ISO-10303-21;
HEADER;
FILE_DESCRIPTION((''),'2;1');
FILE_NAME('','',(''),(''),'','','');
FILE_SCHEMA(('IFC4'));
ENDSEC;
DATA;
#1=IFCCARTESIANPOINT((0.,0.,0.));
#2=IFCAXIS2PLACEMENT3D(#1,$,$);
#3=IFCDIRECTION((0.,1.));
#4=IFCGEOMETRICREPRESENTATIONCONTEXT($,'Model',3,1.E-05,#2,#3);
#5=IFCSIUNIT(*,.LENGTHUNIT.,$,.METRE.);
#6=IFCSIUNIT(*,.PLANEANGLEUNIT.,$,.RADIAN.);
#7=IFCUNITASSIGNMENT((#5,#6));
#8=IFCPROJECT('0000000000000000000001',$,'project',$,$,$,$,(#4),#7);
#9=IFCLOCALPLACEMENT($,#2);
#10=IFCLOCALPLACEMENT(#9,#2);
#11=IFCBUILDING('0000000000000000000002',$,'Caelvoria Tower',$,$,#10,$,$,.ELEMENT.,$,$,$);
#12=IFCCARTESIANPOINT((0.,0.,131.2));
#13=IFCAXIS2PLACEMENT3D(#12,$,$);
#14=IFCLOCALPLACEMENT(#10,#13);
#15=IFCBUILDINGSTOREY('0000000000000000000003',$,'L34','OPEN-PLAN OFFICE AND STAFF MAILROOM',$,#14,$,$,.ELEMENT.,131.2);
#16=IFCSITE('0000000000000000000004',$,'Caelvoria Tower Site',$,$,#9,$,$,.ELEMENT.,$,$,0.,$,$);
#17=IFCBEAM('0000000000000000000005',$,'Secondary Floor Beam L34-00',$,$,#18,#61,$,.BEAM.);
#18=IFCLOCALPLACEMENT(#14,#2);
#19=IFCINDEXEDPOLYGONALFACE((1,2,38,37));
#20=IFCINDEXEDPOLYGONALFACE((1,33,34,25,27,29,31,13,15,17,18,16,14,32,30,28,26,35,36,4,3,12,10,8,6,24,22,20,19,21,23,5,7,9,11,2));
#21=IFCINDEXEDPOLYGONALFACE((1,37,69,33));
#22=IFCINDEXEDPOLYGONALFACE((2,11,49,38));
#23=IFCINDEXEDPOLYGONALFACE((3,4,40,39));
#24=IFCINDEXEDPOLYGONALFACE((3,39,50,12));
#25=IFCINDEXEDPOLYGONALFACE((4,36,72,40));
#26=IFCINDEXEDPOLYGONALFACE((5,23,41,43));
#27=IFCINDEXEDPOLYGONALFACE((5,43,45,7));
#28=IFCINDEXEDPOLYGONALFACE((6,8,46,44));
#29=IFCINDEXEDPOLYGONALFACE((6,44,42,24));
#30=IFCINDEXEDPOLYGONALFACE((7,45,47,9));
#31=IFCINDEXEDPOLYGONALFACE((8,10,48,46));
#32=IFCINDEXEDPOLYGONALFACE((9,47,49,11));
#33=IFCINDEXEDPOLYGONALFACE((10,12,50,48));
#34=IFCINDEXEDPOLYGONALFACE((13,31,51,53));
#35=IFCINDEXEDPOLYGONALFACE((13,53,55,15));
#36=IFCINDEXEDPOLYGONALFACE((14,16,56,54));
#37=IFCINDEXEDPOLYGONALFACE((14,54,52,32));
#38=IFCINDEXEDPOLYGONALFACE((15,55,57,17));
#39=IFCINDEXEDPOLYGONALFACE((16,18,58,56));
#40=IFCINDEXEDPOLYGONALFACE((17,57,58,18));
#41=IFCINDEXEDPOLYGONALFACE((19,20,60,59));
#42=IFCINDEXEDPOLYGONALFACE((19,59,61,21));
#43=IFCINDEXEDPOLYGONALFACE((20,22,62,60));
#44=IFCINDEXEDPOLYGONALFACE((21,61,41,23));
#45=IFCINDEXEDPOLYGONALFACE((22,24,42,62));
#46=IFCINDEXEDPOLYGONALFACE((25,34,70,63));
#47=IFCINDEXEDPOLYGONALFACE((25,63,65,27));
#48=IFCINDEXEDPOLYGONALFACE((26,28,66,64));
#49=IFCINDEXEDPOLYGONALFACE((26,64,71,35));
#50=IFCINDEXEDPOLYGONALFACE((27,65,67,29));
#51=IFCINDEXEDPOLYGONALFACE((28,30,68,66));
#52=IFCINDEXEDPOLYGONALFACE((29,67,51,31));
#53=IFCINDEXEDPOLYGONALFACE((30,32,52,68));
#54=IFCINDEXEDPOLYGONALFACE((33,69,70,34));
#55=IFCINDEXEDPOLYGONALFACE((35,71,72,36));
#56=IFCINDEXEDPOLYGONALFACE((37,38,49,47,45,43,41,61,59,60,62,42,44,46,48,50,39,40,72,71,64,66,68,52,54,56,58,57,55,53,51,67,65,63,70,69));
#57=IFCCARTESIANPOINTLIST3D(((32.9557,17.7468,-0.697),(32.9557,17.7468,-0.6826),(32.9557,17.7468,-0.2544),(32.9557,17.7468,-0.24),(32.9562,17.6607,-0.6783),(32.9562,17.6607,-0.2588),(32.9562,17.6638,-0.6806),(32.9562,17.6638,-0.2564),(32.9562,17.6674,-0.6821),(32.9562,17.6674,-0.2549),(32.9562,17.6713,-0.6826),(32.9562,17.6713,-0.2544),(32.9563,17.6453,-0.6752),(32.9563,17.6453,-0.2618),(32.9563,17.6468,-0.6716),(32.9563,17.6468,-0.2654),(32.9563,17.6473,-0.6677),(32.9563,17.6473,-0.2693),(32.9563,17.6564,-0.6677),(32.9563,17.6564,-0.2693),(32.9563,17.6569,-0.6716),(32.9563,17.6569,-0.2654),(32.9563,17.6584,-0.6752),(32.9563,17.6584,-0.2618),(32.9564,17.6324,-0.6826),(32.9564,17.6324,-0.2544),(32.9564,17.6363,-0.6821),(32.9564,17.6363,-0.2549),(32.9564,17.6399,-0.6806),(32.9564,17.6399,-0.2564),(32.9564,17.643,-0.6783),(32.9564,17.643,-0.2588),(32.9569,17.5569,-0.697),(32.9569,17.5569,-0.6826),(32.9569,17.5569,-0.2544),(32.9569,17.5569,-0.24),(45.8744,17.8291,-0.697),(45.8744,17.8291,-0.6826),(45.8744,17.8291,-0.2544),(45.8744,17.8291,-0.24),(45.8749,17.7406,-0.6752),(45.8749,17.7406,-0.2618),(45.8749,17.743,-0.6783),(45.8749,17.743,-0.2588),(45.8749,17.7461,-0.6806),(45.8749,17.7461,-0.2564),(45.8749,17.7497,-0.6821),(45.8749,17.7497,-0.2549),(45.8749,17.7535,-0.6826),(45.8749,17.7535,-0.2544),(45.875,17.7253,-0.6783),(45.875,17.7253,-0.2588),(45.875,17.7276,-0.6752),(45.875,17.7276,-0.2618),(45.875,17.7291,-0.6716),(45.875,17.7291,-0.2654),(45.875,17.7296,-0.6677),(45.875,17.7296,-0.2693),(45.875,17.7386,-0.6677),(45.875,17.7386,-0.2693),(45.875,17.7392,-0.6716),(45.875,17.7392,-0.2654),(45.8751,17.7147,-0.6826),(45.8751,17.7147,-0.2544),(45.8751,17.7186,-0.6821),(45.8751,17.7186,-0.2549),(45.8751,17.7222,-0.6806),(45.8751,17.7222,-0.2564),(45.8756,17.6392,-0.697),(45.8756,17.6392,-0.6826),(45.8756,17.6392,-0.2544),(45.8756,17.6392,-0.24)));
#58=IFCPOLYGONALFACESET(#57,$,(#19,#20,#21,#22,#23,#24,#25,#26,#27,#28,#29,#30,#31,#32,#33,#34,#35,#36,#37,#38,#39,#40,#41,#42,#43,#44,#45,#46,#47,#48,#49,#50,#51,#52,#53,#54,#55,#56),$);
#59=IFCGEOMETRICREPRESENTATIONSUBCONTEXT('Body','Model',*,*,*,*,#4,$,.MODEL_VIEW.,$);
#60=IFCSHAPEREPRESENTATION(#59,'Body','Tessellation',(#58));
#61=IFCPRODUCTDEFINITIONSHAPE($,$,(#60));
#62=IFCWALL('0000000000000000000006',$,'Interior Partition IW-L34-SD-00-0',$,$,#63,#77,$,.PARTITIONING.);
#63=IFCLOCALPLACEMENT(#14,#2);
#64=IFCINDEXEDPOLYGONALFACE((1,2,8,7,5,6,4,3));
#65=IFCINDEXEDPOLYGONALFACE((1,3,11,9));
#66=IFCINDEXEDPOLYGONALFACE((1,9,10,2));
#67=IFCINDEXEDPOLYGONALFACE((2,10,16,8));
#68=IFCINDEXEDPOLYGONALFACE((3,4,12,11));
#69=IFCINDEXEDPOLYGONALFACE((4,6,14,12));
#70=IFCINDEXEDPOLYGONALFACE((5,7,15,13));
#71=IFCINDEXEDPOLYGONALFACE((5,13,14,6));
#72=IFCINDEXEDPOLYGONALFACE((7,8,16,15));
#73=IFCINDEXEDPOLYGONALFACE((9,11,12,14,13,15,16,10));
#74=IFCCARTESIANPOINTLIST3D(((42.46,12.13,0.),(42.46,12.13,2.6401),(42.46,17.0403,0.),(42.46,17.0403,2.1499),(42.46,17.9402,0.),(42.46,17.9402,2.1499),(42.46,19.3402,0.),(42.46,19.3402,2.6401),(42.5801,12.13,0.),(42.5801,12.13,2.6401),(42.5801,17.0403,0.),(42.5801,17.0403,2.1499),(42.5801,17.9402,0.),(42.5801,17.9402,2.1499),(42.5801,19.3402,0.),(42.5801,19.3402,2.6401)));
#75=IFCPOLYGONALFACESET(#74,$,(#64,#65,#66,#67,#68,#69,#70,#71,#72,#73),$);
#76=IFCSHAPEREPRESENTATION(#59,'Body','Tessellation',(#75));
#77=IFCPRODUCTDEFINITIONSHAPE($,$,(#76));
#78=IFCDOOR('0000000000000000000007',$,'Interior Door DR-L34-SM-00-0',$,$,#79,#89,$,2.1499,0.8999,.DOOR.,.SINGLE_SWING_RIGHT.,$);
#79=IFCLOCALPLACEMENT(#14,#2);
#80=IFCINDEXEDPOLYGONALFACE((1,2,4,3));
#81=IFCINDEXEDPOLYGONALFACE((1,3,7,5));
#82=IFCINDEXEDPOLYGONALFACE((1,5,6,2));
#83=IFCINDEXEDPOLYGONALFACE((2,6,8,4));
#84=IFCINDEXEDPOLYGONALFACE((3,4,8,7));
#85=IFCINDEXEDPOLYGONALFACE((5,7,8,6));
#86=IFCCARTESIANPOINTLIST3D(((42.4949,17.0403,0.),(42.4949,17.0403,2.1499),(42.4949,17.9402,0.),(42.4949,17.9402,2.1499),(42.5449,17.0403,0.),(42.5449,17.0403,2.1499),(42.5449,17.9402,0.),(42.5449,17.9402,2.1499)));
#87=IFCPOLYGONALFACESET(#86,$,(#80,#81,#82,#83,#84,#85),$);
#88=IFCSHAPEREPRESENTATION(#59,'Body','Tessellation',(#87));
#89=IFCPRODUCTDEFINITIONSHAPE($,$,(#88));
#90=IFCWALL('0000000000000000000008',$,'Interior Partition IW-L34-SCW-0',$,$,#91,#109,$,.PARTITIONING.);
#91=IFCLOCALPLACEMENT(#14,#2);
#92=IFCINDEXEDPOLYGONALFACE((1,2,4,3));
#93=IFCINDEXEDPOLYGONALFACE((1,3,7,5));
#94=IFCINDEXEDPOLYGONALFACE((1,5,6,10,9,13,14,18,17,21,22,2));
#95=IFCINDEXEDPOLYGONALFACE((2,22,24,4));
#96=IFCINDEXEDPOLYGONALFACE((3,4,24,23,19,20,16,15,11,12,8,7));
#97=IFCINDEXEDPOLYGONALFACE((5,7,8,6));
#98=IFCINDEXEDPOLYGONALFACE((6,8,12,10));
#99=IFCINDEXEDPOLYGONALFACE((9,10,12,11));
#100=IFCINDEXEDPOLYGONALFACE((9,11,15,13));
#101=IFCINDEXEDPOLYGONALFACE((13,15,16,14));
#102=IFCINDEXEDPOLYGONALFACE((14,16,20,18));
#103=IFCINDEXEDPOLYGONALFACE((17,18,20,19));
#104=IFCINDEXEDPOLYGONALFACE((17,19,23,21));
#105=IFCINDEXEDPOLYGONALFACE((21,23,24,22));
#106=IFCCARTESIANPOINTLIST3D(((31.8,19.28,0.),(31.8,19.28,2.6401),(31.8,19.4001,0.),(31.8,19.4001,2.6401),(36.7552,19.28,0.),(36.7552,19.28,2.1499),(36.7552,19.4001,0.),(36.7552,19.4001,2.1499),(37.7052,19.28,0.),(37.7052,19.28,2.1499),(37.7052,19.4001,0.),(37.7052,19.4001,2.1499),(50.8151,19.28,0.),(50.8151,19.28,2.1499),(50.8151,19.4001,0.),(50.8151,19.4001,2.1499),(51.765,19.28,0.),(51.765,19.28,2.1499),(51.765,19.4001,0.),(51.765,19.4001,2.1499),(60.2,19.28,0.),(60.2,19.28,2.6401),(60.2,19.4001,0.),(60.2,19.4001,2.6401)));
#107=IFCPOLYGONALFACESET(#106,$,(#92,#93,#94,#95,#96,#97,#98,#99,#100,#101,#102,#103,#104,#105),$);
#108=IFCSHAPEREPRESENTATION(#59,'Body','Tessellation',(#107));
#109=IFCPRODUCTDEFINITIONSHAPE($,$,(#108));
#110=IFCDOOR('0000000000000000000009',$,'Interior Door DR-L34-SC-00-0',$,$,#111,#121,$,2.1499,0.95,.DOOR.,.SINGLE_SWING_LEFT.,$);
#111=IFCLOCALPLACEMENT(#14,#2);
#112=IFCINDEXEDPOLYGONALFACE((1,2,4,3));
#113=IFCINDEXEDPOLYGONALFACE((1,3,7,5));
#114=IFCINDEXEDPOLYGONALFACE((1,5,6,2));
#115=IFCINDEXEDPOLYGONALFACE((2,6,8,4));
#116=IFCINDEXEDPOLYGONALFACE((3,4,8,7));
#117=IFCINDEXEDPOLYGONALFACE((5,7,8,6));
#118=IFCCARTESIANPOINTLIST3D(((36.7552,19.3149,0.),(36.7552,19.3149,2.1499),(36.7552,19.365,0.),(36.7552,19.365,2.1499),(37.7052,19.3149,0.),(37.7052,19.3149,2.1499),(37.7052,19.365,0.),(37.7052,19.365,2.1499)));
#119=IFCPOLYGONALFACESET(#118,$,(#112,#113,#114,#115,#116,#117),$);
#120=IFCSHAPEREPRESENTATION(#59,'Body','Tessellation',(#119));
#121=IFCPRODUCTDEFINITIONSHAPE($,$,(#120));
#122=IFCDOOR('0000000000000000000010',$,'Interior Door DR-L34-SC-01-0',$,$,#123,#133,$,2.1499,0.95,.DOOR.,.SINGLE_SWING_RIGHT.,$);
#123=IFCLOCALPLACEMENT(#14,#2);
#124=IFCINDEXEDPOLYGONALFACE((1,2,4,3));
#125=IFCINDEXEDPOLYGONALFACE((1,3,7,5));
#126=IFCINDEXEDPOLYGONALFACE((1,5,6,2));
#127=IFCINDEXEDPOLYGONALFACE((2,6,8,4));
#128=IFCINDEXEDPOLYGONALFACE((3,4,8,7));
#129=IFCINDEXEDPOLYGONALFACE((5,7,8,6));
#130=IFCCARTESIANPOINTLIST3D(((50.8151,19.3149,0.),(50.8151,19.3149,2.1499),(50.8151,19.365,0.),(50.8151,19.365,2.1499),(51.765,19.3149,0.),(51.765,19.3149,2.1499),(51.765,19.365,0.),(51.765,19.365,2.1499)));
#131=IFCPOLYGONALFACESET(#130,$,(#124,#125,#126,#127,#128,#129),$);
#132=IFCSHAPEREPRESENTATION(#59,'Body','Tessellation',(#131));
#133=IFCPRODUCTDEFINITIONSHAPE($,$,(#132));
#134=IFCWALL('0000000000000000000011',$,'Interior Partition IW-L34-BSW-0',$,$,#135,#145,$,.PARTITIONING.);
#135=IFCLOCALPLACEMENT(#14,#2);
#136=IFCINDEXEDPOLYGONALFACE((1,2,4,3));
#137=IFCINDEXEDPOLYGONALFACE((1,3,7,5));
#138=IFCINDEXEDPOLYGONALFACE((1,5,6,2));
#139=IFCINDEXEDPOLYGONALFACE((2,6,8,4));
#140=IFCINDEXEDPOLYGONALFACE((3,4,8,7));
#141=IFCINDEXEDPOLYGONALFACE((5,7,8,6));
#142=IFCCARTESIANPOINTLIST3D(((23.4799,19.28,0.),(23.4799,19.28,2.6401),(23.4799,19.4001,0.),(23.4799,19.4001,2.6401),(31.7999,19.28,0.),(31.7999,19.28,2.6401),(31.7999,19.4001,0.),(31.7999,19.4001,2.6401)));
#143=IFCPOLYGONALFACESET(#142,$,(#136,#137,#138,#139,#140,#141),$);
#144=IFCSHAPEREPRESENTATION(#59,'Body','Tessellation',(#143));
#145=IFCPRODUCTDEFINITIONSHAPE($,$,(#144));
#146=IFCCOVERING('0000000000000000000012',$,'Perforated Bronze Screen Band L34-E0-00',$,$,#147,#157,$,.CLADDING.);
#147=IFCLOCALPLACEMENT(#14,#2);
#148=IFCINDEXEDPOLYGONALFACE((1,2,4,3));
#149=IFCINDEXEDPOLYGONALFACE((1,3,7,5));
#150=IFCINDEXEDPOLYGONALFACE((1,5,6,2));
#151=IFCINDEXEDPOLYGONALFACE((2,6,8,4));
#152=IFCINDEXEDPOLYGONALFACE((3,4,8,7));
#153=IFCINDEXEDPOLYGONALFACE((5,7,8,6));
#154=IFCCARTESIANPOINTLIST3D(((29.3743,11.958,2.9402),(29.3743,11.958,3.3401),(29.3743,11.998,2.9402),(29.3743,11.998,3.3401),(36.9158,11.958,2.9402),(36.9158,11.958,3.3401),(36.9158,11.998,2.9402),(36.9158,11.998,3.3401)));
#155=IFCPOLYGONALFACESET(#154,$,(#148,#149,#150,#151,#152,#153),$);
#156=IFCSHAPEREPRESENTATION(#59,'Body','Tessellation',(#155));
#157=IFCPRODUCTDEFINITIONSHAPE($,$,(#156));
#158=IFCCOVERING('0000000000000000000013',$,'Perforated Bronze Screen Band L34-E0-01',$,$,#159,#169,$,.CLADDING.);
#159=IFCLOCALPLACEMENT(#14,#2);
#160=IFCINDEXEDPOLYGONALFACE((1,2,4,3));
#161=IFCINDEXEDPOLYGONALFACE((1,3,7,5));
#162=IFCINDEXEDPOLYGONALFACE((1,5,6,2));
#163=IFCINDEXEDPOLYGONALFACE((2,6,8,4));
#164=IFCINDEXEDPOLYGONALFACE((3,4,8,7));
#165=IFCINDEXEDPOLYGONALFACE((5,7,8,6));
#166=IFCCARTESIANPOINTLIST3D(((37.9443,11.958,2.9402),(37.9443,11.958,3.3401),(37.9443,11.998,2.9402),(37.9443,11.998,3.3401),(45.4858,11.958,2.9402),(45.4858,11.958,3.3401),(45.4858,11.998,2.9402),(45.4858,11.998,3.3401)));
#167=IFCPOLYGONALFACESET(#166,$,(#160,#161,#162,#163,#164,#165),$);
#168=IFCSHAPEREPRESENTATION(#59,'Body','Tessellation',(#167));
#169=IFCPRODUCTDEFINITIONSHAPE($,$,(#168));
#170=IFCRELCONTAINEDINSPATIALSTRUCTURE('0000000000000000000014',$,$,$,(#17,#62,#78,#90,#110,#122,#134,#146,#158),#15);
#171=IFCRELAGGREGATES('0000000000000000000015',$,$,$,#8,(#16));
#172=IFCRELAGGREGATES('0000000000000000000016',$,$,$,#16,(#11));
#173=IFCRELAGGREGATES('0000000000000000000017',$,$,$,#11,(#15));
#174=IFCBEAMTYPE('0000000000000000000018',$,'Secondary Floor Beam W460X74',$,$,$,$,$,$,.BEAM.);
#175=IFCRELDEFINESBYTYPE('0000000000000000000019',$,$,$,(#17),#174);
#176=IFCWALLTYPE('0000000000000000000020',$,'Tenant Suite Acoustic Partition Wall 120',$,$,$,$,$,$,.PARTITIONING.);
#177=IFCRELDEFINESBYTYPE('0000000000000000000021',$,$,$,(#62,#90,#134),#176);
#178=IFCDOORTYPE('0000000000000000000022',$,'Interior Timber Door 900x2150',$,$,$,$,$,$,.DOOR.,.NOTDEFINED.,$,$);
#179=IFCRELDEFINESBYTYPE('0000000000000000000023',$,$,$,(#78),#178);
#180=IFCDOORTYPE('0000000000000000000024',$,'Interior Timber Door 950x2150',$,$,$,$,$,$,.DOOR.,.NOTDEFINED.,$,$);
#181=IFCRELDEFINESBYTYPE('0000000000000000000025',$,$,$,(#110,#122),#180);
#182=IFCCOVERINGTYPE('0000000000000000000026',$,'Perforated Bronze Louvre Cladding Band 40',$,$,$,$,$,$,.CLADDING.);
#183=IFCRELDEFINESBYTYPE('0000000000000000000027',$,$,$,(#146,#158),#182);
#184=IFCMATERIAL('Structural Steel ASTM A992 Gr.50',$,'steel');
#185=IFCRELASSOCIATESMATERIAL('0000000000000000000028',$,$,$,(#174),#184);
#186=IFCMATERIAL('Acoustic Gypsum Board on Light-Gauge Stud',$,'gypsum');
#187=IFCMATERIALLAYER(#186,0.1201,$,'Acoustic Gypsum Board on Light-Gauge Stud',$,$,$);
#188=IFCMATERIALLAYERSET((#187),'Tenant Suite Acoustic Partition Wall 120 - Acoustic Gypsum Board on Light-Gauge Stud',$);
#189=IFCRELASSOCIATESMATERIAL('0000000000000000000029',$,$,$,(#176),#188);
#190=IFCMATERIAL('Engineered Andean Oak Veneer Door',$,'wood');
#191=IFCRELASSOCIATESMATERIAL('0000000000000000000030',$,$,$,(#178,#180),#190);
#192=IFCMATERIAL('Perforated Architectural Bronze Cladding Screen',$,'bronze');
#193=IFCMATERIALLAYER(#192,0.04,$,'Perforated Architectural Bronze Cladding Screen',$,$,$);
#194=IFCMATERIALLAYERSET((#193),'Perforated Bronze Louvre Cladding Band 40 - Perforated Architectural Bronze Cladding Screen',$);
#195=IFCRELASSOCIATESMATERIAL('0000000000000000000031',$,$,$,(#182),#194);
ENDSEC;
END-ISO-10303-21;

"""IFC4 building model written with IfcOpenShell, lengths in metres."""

from ifc_helpers import new_model, si_unit, direction, frame, frame_2d, origin, origin_2d, place, context, subcontext, project, spatial, rectangle, i_section, extrude, material, layer, layer_set, material_profile, profile_set, type_object, element, fill, save


model = new_model("IFC4")

# Units and contexts
model_context = context("Model", 3, precision=1e-05, world=origin(), true_north=direction((0.0, 1.0)))
body_context = subcontext(model_context, "Body", "Model", "MODEL_VIEW")
ifc_project = project(units=[si_unit("LENGTHUNIT", "METRE"), si_unit("PLANEANGLEUNIT", "RADIAN")], contexts=[model_context])

# Site, building, storey
site_placement = place(None, origin())
site = spatial("IfcSite", under=ifc_project, at=site_placement, Name="Caelvoria Tower Site", CompositionType="ELEMENT", RefElevation=0.0)
building_placement = place(site_placement, origin())
building = spatial("IfcBuilding", under=site, at=building_placement, Name="Caelvoria Tower", CompositionType="ELEMENT")
storey_placement = place(building_placement, frame((0.0, 0.0, 131.2)))
storey = spatial("IfcBuildingStorey", under=building, at=storey_placement, Name="L34", Description="OPEN-PLAN OFFICE AND STAFF MAILROOM", CompositionType="ELEMENT", Elevation=131.2)

# Beam
ifc_material_1 = material(Name="Structural Steel ASTM A992 Gr.50", Category="steel")
ifc_material_profile = material_profile(ifc_material_1, i_section(OverallWidth=0.1899, OverallDepth=0.457, WebThickness=0.009, FlangeThickness=0.0144, FilletRadius=0.0149, at=origin_2d()), Name="Structural Steel ASTM A992 Gr.50")
ifc_profile_set = profile_set([ifc_material_profile], Name="W460X74 - Structural Steel ASTM A992 Gr.50")
beam_type = type_object("IfcBeamType", Name="Secondary Floor Beam W460X74", PredefinedType="BEAM", material=ifc_profile_set)
beam_placement = place(storey_placement, frame((32.9563, 17.6519, -0.4685), z_axis=(0.99998, 0.006369, 0.0), x_axis=(-0.006369, 0.99998, 0.0)))
element("IfcBeam", 1, at=beam_placement, inside=storey, type_object=beam_type, Name="Secondary Floor Beam L34-00", PredefinedType="BEAM", context=body_context, shape_type="SweptSolid", body=[
    extrude(i_section(OverallWidth=0.1899, OverallDepth=0.457, WebThickness=0.009, FlangeThickness=0.0144, FilletRadius=0.0149, at=origin_2d()), origin(), (0.0, 0.0, 1.0), 12.9189),
])

# Wall, opening, door
ifc_material_2 = material(Name="Acoustic Gypsum Board on Light-Gauge Stud", Category="gypsum")
ifc_layer_1 = layer(ifc_material_2, 0.1201, Name="Acoustic Gypsum Board on Light-Gauge Stud")
ifc_layer_set_1 = layer_set([ifc_layer_1], Name="Tenant Suite Acoustic Partition Wall 120 - Acoustic Gypsum Board on Light-Gauge Stud")
wall_type = type_object("IfcWallType", Name="Tenant Suite Acoustic Partition Wall 120", PredefinedType="PARTITIONING", material=ifc_layer_set_1)
wall_1_placement = place(storey_placement, frame((42.52, 19.3401, 0.0), z_axis=(0.0, 0.0, 1.0), x_axis=(0.0, -1.0, 0.0)))
wall_1 = element("IfcWall", 2, at=wall_1_placement, inside=storey, type_object=wall_type, Name="Interior Partition IW-L34-SD-00-0", PredefinedType="PARTITIONING", context=body_context, shape_type="SweptSolid", body=[
    extrude(rectangle(XDim=7.2102, YDim=0.1201, at=frame_2d((3.605, 0.0))), origin(), (0.0, 0.0, 1.0), 2.6401),
])
opening_1_placement = place(wall_1_placement, frame((1.3999, 0.0, 0.0)))
opening_1 = element("IfcOpeningElement", 3, at=opening_1_placement, cuts=wall_1, PredefinedType="OPENING", context=body_context, shape_type="SweptSolid", body=[
    extrude(rectangle(XDim=0.8999, YDim=2.1499, at=frame_2d((0.45, 1.075))), frame((0.0, 0.0701, 0.0), z_axis=(0.0, -1.0, 0.0), x_axis=(1.0, 0.0, 0.0)), (0.0, 0.0, 1.0), 0.1401),
])
ifc_material_3 = material(Name="Engineered Andean Oak Veneer Door", Category="wood")
door_type_1 = type_object("IfcDoorType", Name="Interior Timber Door 900x2150", OperationType="NOTDEFINED", PredefinedType="DOOR", material=ifc_material_3)
door_1_placement = place(opening_1_placement, origin())
door_1 = element("IfcDoor", 4, at=door_1_placement, inside=storey, type_object=door_type_1, Name="Interior Door DR-L34-SM-00-0", OperationType="SINGLE_SWING_RIGHT", OverallHeight=2.1499, OverallWidth=0.8999, PredefinedType="DOOR", context=body_context, shape_type="SweptSolid", body=[
    extrude(rectangle(XDim=0.8999, YDim=2.1499, at=frame_2d((0.45, 1.075))), frame((0.0, 0.0249, 0.0), z_axis=(0.0, -1.0, 0.0), x_axis=(1.0, 0.0, 0.0)), (0.0, 0.0, 1.0), 0.05),
])
fill(opening_1, door_1)

# Wall, openings, doors
wall_2_placement = place(storey_placement, frame((31.8, 19.3401, 0.0), z_axis=(0.0, 0.0, 1.0), x_axis=(1.0, 0.0, 0.0)))
wall_2 = element("IfcWall", 5, at=wall_2_placement, inside=storey, type_object=wall_type, Name="Interior Partition IW-L34-SCW-0", PredefinedType="PARTITIONING", context=body_context, shape_type="SweptSolid", body=[
    extrude(rectangle(XDim=28.3999, YDim=0.1201, at=frame_2d((14.2, 0.0))), origin(), (0.0, 0.0, 1.0), 2.6401),
])
opening_2_placement = place(wall_2_placement, frame((4.9551, 0.0, 0.0)))
opening_2 = element("IfcOpeningElement", 6, at=opening_2_placement, cuts=wall_2, PredefinedType="OPENING", context=body_context, shape_type="SweptSolid", body=[
    extrude(rectangle(XDim=0.95, YDim=2.1499, at=frame_2d((0.4751, 1.075))), frame((0.0, 0.0701, 0.0), z_axis=(0.0, -1.0, 0.0), x_axis=(1.0, 0.0, 0.0)), (0.0, 0.0, 1.0), 0.1401),
])
opening_3_placement = place(wall_2_placement, frame((19.0149, 0.0, 0.0)))
opening_3 = element("IfcOpeningElement", 7, at=opening_3_placement, cuts=wall_2, PredefinedType="OPENING", context=body_context, shape_type="SweptSolid", body=[
    extrude(rectangle(XDim=0.95, YDim=2.1499, at=frame_2d((0.4751, 1.075))), frame((0.0, 0.0701, 0.0), z_axis=(0.0, -1.0, 0.0), x_axis=(1.0, 0.0, 0.0)), (0.0, 0.0, 1.0), 0.1401),
])
door_type_2 = type_object("IfcDoorType", Name="Interior Timber Door 950x2150", OperationType="NOTDEFINED", PredefinedType="DOOR", material=ifc_material_3)
door_2_placement = place(opening_2_placement, origin())
door_2 = element("IfcDoor", 8, at=door_2_placement, inside=storey, type_object=door_type_2, Name="Interior Door DR-L34-SC-00-0", OperationType="SINGLE_SWING_LEFT", OverallHeight=2.1499, OverallWidth=0.95, PredefinedType="DOOR", context=body_context, shape_type="SweptSolid", body=[
    extrude(rectangle(XDim=0.95, YDim=2.1499, at=frame_2d((0.4751, 1.075))), frame((0.0, 0.0249, 0.0), z_axis=(0.0, -1.0, 0.0), x_axis=(1.0, 0.0, 0.0)), (0.0, 0.0, 1.0), 0.05),
])
fill(opening_2, door_2)
door_3_placement = place(opening_3_placement, origin())
door_3 = element("IfcDoor", 9, at=door_3_placement, inside=storey, type_object=door_type_2, Name="Interior Door DR-L34-SC-01-0", OperationType="SINGLE_SWING_RIGHT", OverallHeight=2.1499, OverallWidth=0.95, PredefinedType="DOOR", context=body_context, shape_type="SweptSolid", body=[
    extrude(rectangle(XDim=0.95, YDim=2.1499, at=frame_2d((0.4751, 1.075))), frame((0.0, 0.0249, 0.0), z_axis=(0.0, -1.0, 0.0), x_axis=(1.0, 0.0, 0.0)), (0.0, 0.0, 1.0), 0.05),
])
fill(opening_3, door_3)

# Wall
wall_3_placement = place(storey_placement, frame((31.8, 19.3401, 0.0), z_axis=(0.0, 0.0, 1.0), x_axis=(-1.0, 0.0, 0.0)))
element("IfcWall", 10, at=wall_3_placement, inside=storey, type_object=wall_type, Name="Interior Partition IW-L34-BSW-0", PredefinedType="PARTITIONING", context=body_context, shape_type="SweptSolid", body=[
    extrude(rectangle(XDim=8.3201, YDim=0.1201, at=frame_2d((4.1602, 0.0))), origin(), (0.0, 0.0, 1.0), 2.6401),
])

# Coverings
ifc_material_4 = material(Name="Perforated Architectural Bronze Cladding Screen", Category="bronze")
ifc_layer_2 = layer(ifc_material_4, 0.04, Name="Perforated Architectural Bronze Cladding Screen")
ifc_layer_set_2 = layer_set([ifc_layer_2], Name="Perforated Bronze Louvre Cladding Band 40 - Perforated Architectural Bronze Cladding Screen")
covering_type = type_object("IfcCoveringType", Name="Perforated Bronze Louvre Cladding Band 40", PredefinedType="CLADDING", material=ifc_layer_set_2)
for number, where, z_axis, x_axis, name in (
    (11, (33.145, 11.978, 2.9402), (0.0, 0.0, 1.0), (1.0, 0.0, 0.0), "Perforated Bronze Screen Band L34-E0-00"),
    (12, (41.7151, 11.978, 2.9402), (0.0, 0.0, 1.0), (1.0, 0.0, 0.0), "Perforated Bronze Screen Band L34-E0-01"),
):
    element("IfcCovering", number, at=place(storey_placement, frame(where, z_axis=z_axis, x_axis=x_axis)), inside=storey, type_object=covering_type, Name=name, PredefinedType="CLADDING", context=body_context, shape_type="SweptSolid", body=[
        extrude(rectangle(XDim=7.5415, YDim=0.04, at=origin_2d()), origin(), (0.0, 0.0, 1.0), 0.3999),
    ])

save(model, "model.ifc")
